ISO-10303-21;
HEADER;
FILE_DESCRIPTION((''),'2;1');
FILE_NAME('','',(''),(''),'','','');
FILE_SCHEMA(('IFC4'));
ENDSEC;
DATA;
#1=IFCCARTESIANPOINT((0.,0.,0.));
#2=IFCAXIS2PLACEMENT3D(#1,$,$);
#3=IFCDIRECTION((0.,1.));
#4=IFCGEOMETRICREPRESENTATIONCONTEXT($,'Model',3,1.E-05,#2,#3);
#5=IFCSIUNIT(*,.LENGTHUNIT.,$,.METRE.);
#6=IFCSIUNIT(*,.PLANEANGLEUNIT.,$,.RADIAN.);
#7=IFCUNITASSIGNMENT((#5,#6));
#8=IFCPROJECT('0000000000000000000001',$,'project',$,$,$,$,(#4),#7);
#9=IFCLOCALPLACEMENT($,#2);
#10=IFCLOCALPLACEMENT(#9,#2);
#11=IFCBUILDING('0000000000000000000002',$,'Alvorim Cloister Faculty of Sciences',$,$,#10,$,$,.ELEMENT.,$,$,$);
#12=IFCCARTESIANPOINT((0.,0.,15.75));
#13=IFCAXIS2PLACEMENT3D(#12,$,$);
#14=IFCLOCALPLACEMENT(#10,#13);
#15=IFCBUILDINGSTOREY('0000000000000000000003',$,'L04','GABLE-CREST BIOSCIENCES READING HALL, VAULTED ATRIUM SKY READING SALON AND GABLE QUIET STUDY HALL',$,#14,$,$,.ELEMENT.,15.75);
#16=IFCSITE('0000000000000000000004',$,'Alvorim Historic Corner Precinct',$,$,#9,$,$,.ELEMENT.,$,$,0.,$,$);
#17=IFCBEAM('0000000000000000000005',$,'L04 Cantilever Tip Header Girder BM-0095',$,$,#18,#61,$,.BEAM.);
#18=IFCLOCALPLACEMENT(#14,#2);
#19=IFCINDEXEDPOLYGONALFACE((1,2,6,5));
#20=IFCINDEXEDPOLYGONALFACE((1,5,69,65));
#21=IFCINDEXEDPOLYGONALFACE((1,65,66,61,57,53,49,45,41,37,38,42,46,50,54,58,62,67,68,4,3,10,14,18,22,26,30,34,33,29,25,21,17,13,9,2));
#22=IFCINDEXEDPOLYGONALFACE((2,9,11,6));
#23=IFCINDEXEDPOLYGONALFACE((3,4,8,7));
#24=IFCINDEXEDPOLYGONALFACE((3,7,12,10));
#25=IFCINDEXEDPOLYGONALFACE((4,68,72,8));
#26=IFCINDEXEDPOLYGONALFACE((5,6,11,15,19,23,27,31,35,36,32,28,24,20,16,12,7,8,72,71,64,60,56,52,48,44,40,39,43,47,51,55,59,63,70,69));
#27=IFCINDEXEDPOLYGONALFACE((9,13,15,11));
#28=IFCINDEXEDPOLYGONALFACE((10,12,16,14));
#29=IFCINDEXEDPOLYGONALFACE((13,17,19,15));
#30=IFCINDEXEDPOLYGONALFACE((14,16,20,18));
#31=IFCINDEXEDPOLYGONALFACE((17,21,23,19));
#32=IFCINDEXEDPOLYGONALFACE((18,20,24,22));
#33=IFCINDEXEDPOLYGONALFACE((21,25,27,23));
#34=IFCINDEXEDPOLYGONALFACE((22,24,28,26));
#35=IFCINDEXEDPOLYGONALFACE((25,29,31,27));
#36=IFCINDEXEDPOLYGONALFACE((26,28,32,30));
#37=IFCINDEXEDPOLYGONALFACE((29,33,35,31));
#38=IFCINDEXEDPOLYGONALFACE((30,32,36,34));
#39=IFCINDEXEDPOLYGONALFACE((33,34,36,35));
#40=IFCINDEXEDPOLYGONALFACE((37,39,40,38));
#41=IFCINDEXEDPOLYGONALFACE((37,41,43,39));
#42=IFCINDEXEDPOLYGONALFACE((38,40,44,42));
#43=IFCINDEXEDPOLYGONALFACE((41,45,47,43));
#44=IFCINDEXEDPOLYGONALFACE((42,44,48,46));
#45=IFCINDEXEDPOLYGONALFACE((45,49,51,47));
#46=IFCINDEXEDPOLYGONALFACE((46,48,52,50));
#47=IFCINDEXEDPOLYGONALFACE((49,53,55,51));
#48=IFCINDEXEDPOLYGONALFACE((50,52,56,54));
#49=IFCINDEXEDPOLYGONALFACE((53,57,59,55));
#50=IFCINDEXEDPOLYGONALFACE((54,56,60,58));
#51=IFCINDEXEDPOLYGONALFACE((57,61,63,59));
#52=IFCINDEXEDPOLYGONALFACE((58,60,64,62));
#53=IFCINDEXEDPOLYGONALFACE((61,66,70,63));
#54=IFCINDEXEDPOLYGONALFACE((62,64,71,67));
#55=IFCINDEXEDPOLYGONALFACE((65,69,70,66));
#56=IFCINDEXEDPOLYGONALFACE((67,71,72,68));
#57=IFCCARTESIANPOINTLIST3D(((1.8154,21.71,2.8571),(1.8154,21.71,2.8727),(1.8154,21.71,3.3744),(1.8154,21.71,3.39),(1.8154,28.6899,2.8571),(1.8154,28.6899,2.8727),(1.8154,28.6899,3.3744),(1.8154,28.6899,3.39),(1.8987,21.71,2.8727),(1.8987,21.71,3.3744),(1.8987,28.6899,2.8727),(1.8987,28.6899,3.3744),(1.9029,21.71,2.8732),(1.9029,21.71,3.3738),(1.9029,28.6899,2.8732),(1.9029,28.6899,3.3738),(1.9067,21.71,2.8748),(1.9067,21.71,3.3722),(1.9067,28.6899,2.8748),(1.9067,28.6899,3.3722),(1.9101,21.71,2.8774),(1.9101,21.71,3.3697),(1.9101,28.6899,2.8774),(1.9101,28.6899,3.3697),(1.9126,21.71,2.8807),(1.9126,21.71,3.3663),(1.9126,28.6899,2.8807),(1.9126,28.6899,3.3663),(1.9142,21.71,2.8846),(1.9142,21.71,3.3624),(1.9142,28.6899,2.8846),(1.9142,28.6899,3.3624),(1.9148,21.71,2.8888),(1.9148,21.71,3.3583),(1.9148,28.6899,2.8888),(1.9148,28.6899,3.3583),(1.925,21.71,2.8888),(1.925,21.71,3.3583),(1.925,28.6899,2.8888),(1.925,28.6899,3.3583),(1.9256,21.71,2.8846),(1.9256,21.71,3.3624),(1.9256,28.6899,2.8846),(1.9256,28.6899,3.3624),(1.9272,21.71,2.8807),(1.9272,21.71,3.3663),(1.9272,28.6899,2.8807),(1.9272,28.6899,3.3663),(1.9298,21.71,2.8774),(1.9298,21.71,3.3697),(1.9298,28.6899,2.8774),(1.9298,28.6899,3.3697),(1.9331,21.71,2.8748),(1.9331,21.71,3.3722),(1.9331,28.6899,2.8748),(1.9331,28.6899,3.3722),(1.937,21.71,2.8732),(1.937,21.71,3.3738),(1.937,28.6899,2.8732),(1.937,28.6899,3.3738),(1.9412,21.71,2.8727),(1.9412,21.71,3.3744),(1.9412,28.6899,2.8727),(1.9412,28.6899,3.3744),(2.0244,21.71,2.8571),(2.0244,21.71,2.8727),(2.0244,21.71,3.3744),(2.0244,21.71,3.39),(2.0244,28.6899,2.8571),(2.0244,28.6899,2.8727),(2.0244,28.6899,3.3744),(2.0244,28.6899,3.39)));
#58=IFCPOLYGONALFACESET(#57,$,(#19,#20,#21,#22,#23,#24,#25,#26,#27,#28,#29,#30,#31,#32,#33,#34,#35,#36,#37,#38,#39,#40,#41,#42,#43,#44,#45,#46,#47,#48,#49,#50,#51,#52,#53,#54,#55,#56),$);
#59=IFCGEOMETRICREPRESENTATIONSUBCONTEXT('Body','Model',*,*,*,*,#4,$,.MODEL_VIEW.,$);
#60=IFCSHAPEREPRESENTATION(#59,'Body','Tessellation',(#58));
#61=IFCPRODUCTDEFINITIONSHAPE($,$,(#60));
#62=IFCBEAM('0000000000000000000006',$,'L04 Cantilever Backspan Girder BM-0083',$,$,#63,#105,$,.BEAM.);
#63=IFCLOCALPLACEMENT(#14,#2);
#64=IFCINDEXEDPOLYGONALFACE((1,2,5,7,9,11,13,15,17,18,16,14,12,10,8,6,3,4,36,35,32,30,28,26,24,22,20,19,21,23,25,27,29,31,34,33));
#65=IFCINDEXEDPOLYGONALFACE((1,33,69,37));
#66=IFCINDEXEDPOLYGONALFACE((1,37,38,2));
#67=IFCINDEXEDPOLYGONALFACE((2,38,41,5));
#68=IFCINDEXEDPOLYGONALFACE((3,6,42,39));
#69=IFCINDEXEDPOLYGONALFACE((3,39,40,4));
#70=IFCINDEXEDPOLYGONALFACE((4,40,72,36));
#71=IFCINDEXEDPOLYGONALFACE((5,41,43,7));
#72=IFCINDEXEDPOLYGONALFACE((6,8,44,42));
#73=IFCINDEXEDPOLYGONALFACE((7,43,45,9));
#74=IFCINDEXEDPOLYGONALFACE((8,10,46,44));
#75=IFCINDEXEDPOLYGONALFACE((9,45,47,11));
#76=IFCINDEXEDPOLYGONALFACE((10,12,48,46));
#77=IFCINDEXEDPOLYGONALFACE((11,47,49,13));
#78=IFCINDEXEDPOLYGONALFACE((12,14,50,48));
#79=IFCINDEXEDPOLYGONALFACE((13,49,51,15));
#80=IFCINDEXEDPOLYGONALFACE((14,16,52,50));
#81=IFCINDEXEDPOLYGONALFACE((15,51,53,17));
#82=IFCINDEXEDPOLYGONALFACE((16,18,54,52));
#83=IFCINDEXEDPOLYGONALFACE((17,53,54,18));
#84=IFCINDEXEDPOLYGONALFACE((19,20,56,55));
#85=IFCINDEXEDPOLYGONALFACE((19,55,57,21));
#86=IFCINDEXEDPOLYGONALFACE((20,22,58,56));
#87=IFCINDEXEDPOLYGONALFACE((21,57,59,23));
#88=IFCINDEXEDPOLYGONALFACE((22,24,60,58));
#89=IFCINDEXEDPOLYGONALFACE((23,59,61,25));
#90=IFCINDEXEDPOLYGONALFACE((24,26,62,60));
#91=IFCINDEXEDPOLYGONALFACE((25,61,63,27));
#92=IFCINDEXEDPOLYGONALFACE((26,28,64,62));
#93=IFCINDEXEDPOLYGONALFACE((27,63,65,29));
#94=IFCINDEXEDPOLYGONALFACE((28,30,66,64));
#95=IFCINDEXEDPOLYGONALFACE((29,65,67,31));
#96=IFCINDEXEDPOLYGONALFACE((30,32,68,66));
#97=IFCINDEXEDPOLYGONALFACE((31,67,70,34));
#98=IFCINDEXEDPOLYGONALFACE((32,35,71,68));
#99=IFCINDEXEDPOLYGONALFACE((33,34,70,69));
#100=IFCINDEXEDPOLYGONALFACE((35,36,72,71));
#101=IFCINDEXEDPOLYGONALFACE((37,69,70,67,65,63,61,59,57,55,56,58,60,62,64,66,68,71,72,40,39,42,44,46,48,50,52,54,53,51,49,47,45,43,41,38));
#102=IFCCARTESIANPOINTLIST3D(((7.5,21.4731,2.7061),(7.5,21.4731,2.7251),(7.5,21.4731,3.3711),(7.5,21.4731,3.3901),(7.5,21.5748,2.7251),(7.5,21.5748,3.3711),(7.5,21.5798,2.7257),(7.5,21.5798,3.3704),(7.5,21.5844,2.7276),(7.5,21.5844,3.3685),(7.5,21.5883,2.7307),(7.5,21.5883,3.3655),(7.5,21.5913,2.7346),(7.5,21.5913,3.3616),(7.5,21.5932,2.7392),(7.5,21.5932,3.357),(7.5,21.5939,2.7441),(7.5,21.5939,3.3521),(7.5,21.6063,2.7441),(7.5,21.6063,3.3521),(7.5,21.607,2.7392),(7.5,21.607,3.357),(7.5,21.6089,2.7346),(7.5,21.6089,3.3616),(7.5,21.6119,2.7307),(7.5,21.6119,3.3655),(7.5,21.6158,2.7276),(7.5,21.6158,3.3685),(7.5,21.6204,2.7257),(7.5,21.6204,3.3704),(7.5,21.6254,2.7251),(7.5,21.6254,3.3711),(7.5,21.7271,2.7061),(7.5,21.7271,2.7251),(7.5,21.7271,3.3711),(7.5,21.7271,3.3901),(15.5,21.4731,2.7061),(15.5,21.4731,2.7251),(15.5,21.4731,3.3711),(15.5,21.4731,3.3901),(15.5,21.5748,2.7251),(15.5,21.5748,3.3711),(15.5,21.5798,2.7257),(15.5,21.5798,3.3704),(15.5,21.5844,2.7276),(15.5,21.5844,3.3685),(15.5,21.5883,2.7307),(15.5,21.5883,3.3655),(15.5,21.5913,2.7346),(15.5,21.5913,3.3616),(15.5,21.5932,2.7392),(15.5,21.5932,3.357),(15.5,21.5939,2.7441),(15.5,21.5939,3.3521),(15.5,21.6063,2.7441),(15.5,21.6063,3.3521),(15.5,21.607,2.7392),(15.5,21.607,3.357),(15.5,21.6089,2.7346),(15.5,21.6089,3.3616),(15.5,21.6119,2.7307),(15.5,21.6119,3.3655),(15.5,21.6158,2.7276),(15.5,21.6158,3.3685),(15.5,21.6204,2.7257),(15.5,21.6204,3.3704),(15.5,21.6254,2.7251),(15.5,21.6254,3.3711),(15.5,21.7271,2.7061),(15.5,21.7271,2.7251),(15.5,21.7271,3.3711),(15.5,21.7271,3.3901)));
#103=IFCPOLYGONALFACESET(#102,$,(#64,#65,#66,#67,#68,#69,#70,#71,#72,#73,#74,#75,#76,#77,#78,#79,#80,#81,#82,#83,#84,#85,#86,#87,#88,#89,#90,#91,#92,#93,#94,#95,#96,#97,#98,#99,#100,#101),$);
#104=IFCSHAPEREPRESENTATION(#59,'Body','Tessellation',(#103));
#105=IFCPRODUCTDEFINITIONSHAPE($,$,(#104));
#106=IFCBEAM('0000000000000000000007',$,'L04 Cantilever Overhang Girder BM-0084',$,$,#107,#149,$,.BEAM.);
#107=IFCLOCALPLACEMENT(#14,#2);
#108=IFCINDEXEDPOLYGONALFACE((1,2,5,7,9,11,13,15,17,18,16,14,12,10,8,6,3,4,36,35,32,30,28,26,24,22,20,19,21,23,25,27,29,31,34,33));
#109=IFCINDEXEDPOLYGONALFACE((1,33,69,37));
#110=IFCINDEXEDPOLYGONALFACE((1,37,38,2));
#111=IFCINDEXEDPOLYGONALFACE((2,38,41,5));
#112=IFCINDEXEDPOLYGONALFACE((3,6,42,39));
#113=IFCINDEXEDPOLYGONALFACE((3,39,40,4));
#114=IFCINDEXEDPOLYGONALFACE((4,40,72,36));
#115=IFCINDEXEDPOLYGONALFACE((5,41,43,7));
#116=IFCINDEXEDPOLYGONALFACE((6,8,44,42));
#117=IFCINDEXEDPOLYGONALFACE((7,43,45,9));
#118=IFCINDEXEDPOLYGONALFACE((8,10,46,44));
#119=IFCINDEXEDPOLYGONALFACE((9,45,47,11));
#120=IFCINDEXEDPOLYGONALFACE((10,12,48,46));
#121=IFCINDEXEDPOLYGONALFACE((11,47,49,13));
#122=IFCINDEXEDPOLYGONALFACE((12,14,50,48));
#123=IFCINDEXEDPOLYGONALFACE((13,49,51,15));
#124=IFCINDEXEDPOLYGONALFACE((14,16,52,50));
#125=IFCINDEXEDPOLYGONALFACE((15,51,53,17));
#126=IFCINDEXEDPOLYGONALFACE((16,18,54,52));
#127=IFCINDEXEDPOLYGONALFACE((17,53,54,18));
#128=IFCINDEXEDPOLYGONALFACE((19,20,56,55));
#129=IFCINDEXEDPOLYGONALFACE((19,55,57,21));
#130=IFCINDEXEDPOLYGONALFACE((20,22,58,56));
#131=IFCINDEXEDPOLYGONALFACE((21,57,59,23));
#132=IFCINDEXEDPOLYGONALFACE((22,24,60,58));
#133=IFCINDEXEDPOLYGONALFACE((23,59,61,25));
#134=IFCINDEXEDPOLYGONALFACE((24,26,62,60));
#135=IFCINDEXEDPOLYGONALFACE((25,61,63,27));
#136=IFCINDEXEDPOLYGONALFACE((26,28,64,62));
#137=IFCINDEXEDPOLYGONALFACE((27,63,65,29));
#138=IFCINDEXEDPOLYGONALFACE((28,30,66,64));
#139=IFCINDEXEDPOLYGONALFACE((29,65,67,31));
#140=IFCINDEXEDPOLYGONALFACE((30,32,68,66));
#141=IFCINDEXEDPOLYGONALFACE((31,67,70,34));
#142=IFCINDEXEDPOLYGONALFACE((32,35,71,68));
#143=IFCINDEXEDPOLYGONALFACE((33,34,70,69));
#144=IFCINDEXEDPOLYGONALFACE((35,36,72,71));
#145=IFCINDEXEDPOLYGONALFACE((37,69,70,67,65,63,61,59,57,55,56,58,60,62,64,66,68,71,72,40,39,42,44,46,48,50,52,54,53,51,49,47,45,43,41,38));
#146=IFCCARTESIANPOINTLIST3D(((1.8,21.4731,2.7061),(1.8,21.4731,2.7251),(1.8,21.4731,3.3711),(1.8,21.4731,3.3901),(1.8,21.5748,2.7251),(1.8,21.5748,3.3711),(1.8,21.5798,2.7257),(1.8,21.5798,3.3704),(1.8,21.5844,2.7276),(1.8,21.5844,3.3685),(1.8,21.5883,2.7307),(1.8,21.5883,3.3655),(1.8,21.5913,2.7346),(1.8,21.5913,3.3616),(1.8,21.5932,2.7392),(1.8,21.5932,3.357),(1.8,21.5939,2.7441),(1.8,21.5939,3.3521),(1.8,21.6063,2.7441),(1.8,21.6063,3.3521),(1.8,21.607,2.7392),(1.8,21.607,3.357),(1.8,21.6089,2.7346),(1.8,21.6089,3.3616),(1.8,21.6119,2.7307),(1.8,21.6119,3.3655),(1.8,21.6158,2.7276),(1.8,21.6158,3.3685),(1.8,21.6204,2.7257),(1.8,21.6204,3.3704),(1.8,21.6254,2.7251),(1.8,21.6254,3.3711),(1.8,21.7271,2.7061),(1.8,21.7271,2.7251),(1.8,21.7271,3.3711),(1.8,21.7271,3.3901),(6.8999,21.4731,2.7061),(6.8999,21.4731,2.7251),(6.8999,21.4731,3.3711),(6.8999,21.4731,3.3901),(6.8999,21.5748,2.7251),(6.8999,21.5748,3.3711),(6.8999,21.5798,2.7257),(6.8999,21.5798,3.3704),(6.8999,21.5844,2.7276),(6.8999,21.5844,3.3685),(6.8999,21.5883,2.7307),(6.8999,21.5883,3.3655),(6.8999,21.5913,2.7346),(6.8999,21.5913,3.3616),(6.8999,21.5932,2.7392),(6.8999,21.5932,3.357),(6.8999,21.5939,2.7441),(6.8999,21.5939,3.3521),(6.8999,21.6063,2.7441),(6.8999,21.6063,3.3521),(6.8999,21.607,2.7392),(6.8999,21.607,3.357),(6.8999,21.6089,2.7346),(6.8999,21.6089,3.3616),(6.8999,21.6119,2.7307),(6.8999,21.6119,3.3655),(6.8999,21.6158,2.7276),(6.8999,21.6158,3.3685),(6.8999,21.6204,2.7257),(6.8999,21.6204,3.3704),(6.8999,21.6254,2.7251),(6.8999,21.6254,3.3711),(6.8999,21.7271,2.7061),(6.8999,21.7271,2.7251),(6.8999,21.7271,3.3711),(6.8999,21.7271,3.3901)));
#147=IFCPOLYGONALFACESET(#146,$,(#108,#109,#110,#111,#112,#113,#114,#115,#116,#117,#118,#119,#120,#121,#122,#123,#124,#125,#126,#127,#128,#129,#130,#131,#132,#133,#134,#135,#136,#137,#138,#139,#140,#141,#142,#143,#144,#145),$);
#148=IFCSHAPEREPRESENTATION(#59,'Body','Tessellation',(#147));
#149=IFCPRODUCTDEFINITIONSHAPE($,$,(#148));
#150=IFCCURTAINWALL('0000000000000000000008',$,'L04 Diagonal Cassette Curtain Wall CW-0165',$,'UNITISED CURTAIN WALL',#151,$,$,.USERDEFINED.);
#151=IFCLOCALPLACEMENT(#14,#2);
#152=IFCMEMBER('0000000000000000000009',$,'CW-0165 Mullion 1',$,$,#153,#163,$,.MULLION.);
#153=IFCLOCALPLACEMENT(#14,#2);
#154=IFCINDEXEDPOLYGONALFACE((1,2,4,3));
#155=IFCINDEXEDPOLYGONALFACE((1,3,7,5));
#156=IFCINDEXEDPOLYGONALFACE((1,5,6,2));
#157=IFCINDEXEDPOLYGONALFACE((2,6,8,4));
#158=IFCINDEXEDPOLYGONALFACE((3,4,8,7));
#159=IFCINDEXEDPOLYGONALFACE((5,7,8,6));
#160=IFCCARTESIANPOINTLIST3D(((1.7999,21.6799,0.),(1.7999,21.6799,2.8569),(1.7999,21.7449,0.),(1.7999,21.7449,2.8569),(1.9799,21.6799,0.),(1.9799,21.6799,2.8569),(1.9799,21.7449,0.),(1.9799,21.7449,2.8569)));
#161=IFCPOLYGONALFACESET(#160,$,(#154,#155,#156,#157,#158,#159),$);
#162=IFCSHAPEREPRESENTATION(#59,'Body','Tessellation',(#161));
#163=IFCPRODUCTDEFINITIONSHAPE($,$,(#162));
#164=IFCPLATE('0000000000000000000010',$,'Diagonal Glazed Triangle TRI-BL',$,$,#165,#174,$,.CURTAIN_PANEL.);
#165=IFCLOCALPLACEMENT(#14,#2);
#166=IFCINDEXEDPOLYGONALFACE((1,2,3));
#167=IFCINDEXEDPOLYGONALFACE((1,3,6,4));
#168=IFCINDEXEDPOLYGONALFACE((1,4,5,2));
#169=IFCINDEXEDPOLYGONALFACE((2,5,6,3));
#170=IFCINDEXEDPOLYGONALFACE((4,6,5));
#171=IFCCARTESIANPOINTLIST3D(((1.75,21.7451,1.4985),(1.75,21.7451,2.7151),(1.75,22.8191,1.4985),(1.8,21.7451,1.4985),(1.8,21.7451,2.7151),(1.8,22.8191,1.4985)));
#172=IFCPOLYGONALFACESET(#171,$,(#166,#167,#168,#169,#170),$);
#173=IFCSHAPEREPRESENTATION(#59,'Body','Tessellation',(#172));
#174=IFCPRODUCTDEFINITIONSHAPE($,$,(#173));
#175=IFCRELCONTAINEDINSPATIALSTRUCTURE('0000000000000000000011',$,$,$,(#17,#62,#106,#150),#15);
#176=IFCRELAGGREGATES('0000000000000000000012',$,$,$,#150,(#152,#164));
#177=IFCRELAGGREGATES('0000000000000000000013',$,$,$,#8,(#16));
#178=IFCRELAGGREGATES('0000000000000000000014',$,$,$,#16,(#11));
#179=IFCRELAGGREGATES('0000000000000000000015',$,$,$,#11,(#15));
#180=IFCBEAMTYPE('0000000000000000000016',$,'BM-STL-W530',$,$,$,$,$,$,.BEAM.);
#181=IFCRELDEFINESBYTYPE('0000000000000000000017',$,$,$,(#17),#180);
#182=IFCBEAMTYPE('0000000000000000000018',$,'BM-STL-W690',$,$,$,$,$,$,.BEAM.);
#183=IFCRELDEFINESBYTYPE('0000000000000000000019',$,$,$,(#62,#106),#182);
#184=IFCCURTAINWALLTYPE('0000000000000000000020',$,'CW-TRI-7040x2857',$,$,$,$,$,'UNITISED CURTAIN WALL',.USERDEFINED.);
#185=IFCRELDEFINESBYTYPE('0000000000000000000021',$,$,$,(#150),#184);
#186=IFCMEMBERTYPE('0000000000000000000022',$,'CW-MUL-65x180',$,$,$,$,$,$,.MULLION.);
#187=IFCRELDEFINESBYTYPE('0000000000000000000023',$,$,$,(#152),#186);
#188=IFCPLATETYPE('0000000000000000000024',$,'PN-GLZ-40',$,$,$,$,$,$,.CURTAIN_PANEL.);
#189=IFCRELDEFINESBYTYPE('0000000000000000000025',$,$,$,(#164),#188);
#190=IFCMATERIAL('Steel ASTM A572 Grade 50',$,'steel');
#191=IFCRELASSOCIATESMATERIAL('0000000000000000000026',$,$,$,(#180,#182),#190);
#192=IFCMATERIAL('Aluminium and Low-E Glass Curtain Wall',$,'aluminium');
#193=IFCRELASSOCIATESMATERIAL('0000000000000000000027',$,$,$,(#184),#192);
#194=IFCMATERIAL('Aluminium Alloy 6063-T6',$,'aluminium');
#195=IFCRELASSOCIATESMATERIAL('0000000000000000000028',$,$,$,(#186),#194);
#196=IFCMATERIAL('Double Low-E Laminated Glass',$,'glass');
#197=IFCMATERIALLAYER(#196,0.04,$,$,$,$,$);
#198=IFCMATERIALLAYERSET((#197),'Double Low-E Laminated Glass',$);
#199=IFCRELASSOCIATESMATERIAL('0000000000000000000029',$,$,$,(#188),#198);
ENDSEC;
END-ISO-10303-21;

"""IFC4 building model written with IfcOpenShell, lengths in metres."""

from ifc_helpers import new_model, si_unit, direction, frame, origin, origin_2d, place, context, subcontext, project, spatial, polyline, rectangle, i_section, outline, extrude, material, layer, layer_set, material_profile, profile_set, type_object, element, aggregate, save


model = new_model("IFC4")

# Units and contexts
model_context = context("Model", 3, precision=1e-05, world=origin(), true_north=direction((0.0, 1.0)))
body_context = subcontext(model_context, "Body", "Model", "MODEL_VIEW")
ifc_project = project(units=[si_unit("LENGTHUNIT", "METRE"), si_unit("PLANEANGLEUNIT", "RADIAN")], contexts=[model_context])

# Site, building, storey
site_placement = place(None, origin())
site = spatial("IfcSite", under=ifc_project, at=site_placement, Name="Alvorim Historic Corner Precinct", CompositionType="ELEMENT", RefElevation=0.0)
building_placement = place(site_placement, origin())
building = spatial("IfcBuilding", under=site, at=building_placement, Name="Alvorim Cloister Faculty of Sciences", CompositionType="ELEMENT")
storey_placement = place(building_placement, frame((0.0, 0.0, 15.75)))
storey = spatial("IfcBuildingStorey", under=building, at=storey_placement, Name="L04", Description="GABLE-CREST BIOSCIENCES READING HALL, VAULTED ATRIUM SKY READING SALON AND GABLE QUIET STUDY HALL", CompositionType="ELEMENT", Elevation=15.75)

# Beams
ifc_material_1 = material(Name="Steel ASTM A572 Grade 50", Category="steel")
ifc_material_profile_1 = material_profile(ifc_material_1, i_section(OverallWidth=0.209, OverallDepth=0.533, WebThickness=0.0103, FlangeThickness=0.0156, FilletRadius=0.0161, at=origin_2d()), Name="W530x92.0")
ifc_profile_set_1 = profile_set([ifc_material_profile_1], Name="Steel ASTM A572 Grade 50")
beam_type_1 = type_object("IfcBeamType", Name="BM-STL-W530", PredefinedType="BEAM", material=ifc_profile_set_1)
beam_1_placement = place(storey_placement, frame((1.9199, 21.71, 3.1235), z_axis=(0.0, 1.0, 0.0), x_axis=(-1.0, 0.0, 0.0)))
element("IfcBeam", 1, at=beam_1_placement, inside=storey, type_object=beam_type_1, Name="L04 Cantilever Tip Header Girder BM-0095", PredefinedType="BEAM", context=body_context, shape_type="SweptSolid", body=[
    extrude(i_section(OverallWidth=0.209, OverallDepth=0.533, WebThickness=0.0103, FlangeThickness=0.0156, FilletRadius=0.0161, at=origin_2d()), origin(), (0.0, 0.0, 1.0), 6.98),
])
ifc_material_profile_2 = material_profile(ifc_material_1, i_section(OverallWidth=0.2539, OverallDepth=0.6841, WebThickness=0.0125, FlangeThickness=0.019, FilletRadius=0.019, at=origin_2d()), Name="W690x140.0")
ifc_profile_set_2 = profile_set([ifc_material_profile_2], Name="Steel ASTM A572 Grade 50")
beam_type_2 = type_object("IfcBeamType", Name="BM-STL-W690", PredefinedType="BEAM", material=ifc_profile_set_2)
beam_2_placement = place(storey_placement, frame((7.5, 21.6001, 3.0481), z_axis=(1.0, 0.0, 0.0), x_axis=(0.0, 1.0, 0.0)))
element("IfcBeam", 2, at=beam_2_placement, inside=storey, type_object=beam_type_2, Name="L04 Cantilever Backspan Girder BM-0083", PredefinedType="BEAM", context=body_context, shape_type="SweptSolid", body=[
    extrude(i_section(OverallWidth=0.2539, OverallDepth=0.6841, WebThickness=0.0125, FlangeThickness=0.019, FilletRadius=0.019, at=origin_2d()), origin(), (0.0, 0.0, 1.0), 8.0),
])
beam_3_placement = place(storey_placement, frame((1.8, 21.6001, 3.0481), z_axis=(1.0, 0.0, 0.0), x_axis=(0.0, 1.0, 0.0)))
element("IfcBeam", 3, at=beam_3_placement, inside=storey, type_object=beam_type_2, Name="L04 Cantilever Overhang Girder BM-0084", PredefinedType="BEAM", context=body_context, shape_type="SweptSolid", body=[
    extrude(i_section(OverallWidth=0.2539, OverallDepth=0.6841, WebThickness=0.0125, FlangeThickness=0.019, FilletRadius=0.019, at=origin_2d()), origin(), (0.0, 0.0, 1.0), 5.0999),
])

# Curtain wall, member, plate
ifc_material_2 = material(Name="Aluminium and Low-E Glass Curtain Wall", Category="aluminium")
curtain_wall_type = type_object("IfcCurtainWallType", Name="CW-TRI-7040x2857", ElementType="UNITISED CURTAIN WALL", PredefinedType="USERDEFINED", material=ifc_material_2)
curtain_wall_placement = place(storey_placement, origin())
curtain_wall = element("IfcCurtainWall", 4, at=curtain_wall_placement, inside=storey, type_object=curtain_wall_type, Name="L04 Diagonal Cassette Curtain Wall CW-0165", ObjectType="UNITISED CURTAIN WALL", PredefinedType="USERDEFINED")
ifc_material_3 = material(Name="Aluminium Alloy 6063-T6", Category="aluminium")
ifc_material_profile_3 = material_profile(ifc_material_3, rectangle(XDim=0.0649, YDim=0.1799, at=origin_2d()), Name="ALU-MUL-65x180")
ifc_profile_set_3 = profile_set([ifc_material_profile_3], Name="Aluminium Alloy 6063-T6")
member_type = type_object("IfcMemberType", Name="CW-MUL-65x180", PredefinedType="MULLION", material=ifc_profile_set_3)
member_placement = place(storey_placement, frame((1.8899, 21.7124, 0.0), z_axis=(0.0, 0.0, 1.0), x_axis=(0.0, 1.0, 0.0)))
member = element("IfcMember", 5, at=member_placement, type_object=member_type, Name="CW-0165 Mullion 1", PredefinedType="MULLION", context=body_context, shape_type="SweptSolid", body=[
    extrude(rectangle(XDim=0.0649, YDim=0.1799, at=origin_2d()), origin(), (0.0, 0.0, 1.0), 2.8569),
])
ifc_material_4 = material(Name="Double Low-E Laminated Glass", Category="glass")
ifc_layer_1 = layer(ifc_material_4, 0.04)
ifc_layer_set_1 = layer_set([ifc_layer_1], Name="Double Low-E Laminated Glass")
plate_type = type_object("IfcPlateType", Name="PN-GLZ-40", PredefinedType="CURTAIN_PANEL", material=ifc_layer_set_1)
plate_1_placement = place(storey_placement, frame((1.7749, 21.7451, 1.4985), z_axis=(0.0, 0.0, 1.0), x_axis=(0.0, 1.0, 0.0)))
plate_1 = element("IfcPlate", 6, at=plate_1_placement, type_object=plate_type, Name="Diagonal Glazed Triangle TRI-BL", PredefinedType="CURTAIN_PANEL", context=body_context, shape_type="SweptSolid", body=[
    extrude(outline(polyline([(0.0, 0.0), (1.074, 0.0), (0.0, 1.2166), (0.0, 0.0)])), frame((0.0, 0.0249, 0.0), z_axis=(0.0, -1.0, 0.0), x_axis=(1.0, 0.0, 0.0)), (0.0, 0.0, 1.0), 0.05),
])
aggregate(curtain_wall, [member, plate_1])

save(model, "model.ifc")
